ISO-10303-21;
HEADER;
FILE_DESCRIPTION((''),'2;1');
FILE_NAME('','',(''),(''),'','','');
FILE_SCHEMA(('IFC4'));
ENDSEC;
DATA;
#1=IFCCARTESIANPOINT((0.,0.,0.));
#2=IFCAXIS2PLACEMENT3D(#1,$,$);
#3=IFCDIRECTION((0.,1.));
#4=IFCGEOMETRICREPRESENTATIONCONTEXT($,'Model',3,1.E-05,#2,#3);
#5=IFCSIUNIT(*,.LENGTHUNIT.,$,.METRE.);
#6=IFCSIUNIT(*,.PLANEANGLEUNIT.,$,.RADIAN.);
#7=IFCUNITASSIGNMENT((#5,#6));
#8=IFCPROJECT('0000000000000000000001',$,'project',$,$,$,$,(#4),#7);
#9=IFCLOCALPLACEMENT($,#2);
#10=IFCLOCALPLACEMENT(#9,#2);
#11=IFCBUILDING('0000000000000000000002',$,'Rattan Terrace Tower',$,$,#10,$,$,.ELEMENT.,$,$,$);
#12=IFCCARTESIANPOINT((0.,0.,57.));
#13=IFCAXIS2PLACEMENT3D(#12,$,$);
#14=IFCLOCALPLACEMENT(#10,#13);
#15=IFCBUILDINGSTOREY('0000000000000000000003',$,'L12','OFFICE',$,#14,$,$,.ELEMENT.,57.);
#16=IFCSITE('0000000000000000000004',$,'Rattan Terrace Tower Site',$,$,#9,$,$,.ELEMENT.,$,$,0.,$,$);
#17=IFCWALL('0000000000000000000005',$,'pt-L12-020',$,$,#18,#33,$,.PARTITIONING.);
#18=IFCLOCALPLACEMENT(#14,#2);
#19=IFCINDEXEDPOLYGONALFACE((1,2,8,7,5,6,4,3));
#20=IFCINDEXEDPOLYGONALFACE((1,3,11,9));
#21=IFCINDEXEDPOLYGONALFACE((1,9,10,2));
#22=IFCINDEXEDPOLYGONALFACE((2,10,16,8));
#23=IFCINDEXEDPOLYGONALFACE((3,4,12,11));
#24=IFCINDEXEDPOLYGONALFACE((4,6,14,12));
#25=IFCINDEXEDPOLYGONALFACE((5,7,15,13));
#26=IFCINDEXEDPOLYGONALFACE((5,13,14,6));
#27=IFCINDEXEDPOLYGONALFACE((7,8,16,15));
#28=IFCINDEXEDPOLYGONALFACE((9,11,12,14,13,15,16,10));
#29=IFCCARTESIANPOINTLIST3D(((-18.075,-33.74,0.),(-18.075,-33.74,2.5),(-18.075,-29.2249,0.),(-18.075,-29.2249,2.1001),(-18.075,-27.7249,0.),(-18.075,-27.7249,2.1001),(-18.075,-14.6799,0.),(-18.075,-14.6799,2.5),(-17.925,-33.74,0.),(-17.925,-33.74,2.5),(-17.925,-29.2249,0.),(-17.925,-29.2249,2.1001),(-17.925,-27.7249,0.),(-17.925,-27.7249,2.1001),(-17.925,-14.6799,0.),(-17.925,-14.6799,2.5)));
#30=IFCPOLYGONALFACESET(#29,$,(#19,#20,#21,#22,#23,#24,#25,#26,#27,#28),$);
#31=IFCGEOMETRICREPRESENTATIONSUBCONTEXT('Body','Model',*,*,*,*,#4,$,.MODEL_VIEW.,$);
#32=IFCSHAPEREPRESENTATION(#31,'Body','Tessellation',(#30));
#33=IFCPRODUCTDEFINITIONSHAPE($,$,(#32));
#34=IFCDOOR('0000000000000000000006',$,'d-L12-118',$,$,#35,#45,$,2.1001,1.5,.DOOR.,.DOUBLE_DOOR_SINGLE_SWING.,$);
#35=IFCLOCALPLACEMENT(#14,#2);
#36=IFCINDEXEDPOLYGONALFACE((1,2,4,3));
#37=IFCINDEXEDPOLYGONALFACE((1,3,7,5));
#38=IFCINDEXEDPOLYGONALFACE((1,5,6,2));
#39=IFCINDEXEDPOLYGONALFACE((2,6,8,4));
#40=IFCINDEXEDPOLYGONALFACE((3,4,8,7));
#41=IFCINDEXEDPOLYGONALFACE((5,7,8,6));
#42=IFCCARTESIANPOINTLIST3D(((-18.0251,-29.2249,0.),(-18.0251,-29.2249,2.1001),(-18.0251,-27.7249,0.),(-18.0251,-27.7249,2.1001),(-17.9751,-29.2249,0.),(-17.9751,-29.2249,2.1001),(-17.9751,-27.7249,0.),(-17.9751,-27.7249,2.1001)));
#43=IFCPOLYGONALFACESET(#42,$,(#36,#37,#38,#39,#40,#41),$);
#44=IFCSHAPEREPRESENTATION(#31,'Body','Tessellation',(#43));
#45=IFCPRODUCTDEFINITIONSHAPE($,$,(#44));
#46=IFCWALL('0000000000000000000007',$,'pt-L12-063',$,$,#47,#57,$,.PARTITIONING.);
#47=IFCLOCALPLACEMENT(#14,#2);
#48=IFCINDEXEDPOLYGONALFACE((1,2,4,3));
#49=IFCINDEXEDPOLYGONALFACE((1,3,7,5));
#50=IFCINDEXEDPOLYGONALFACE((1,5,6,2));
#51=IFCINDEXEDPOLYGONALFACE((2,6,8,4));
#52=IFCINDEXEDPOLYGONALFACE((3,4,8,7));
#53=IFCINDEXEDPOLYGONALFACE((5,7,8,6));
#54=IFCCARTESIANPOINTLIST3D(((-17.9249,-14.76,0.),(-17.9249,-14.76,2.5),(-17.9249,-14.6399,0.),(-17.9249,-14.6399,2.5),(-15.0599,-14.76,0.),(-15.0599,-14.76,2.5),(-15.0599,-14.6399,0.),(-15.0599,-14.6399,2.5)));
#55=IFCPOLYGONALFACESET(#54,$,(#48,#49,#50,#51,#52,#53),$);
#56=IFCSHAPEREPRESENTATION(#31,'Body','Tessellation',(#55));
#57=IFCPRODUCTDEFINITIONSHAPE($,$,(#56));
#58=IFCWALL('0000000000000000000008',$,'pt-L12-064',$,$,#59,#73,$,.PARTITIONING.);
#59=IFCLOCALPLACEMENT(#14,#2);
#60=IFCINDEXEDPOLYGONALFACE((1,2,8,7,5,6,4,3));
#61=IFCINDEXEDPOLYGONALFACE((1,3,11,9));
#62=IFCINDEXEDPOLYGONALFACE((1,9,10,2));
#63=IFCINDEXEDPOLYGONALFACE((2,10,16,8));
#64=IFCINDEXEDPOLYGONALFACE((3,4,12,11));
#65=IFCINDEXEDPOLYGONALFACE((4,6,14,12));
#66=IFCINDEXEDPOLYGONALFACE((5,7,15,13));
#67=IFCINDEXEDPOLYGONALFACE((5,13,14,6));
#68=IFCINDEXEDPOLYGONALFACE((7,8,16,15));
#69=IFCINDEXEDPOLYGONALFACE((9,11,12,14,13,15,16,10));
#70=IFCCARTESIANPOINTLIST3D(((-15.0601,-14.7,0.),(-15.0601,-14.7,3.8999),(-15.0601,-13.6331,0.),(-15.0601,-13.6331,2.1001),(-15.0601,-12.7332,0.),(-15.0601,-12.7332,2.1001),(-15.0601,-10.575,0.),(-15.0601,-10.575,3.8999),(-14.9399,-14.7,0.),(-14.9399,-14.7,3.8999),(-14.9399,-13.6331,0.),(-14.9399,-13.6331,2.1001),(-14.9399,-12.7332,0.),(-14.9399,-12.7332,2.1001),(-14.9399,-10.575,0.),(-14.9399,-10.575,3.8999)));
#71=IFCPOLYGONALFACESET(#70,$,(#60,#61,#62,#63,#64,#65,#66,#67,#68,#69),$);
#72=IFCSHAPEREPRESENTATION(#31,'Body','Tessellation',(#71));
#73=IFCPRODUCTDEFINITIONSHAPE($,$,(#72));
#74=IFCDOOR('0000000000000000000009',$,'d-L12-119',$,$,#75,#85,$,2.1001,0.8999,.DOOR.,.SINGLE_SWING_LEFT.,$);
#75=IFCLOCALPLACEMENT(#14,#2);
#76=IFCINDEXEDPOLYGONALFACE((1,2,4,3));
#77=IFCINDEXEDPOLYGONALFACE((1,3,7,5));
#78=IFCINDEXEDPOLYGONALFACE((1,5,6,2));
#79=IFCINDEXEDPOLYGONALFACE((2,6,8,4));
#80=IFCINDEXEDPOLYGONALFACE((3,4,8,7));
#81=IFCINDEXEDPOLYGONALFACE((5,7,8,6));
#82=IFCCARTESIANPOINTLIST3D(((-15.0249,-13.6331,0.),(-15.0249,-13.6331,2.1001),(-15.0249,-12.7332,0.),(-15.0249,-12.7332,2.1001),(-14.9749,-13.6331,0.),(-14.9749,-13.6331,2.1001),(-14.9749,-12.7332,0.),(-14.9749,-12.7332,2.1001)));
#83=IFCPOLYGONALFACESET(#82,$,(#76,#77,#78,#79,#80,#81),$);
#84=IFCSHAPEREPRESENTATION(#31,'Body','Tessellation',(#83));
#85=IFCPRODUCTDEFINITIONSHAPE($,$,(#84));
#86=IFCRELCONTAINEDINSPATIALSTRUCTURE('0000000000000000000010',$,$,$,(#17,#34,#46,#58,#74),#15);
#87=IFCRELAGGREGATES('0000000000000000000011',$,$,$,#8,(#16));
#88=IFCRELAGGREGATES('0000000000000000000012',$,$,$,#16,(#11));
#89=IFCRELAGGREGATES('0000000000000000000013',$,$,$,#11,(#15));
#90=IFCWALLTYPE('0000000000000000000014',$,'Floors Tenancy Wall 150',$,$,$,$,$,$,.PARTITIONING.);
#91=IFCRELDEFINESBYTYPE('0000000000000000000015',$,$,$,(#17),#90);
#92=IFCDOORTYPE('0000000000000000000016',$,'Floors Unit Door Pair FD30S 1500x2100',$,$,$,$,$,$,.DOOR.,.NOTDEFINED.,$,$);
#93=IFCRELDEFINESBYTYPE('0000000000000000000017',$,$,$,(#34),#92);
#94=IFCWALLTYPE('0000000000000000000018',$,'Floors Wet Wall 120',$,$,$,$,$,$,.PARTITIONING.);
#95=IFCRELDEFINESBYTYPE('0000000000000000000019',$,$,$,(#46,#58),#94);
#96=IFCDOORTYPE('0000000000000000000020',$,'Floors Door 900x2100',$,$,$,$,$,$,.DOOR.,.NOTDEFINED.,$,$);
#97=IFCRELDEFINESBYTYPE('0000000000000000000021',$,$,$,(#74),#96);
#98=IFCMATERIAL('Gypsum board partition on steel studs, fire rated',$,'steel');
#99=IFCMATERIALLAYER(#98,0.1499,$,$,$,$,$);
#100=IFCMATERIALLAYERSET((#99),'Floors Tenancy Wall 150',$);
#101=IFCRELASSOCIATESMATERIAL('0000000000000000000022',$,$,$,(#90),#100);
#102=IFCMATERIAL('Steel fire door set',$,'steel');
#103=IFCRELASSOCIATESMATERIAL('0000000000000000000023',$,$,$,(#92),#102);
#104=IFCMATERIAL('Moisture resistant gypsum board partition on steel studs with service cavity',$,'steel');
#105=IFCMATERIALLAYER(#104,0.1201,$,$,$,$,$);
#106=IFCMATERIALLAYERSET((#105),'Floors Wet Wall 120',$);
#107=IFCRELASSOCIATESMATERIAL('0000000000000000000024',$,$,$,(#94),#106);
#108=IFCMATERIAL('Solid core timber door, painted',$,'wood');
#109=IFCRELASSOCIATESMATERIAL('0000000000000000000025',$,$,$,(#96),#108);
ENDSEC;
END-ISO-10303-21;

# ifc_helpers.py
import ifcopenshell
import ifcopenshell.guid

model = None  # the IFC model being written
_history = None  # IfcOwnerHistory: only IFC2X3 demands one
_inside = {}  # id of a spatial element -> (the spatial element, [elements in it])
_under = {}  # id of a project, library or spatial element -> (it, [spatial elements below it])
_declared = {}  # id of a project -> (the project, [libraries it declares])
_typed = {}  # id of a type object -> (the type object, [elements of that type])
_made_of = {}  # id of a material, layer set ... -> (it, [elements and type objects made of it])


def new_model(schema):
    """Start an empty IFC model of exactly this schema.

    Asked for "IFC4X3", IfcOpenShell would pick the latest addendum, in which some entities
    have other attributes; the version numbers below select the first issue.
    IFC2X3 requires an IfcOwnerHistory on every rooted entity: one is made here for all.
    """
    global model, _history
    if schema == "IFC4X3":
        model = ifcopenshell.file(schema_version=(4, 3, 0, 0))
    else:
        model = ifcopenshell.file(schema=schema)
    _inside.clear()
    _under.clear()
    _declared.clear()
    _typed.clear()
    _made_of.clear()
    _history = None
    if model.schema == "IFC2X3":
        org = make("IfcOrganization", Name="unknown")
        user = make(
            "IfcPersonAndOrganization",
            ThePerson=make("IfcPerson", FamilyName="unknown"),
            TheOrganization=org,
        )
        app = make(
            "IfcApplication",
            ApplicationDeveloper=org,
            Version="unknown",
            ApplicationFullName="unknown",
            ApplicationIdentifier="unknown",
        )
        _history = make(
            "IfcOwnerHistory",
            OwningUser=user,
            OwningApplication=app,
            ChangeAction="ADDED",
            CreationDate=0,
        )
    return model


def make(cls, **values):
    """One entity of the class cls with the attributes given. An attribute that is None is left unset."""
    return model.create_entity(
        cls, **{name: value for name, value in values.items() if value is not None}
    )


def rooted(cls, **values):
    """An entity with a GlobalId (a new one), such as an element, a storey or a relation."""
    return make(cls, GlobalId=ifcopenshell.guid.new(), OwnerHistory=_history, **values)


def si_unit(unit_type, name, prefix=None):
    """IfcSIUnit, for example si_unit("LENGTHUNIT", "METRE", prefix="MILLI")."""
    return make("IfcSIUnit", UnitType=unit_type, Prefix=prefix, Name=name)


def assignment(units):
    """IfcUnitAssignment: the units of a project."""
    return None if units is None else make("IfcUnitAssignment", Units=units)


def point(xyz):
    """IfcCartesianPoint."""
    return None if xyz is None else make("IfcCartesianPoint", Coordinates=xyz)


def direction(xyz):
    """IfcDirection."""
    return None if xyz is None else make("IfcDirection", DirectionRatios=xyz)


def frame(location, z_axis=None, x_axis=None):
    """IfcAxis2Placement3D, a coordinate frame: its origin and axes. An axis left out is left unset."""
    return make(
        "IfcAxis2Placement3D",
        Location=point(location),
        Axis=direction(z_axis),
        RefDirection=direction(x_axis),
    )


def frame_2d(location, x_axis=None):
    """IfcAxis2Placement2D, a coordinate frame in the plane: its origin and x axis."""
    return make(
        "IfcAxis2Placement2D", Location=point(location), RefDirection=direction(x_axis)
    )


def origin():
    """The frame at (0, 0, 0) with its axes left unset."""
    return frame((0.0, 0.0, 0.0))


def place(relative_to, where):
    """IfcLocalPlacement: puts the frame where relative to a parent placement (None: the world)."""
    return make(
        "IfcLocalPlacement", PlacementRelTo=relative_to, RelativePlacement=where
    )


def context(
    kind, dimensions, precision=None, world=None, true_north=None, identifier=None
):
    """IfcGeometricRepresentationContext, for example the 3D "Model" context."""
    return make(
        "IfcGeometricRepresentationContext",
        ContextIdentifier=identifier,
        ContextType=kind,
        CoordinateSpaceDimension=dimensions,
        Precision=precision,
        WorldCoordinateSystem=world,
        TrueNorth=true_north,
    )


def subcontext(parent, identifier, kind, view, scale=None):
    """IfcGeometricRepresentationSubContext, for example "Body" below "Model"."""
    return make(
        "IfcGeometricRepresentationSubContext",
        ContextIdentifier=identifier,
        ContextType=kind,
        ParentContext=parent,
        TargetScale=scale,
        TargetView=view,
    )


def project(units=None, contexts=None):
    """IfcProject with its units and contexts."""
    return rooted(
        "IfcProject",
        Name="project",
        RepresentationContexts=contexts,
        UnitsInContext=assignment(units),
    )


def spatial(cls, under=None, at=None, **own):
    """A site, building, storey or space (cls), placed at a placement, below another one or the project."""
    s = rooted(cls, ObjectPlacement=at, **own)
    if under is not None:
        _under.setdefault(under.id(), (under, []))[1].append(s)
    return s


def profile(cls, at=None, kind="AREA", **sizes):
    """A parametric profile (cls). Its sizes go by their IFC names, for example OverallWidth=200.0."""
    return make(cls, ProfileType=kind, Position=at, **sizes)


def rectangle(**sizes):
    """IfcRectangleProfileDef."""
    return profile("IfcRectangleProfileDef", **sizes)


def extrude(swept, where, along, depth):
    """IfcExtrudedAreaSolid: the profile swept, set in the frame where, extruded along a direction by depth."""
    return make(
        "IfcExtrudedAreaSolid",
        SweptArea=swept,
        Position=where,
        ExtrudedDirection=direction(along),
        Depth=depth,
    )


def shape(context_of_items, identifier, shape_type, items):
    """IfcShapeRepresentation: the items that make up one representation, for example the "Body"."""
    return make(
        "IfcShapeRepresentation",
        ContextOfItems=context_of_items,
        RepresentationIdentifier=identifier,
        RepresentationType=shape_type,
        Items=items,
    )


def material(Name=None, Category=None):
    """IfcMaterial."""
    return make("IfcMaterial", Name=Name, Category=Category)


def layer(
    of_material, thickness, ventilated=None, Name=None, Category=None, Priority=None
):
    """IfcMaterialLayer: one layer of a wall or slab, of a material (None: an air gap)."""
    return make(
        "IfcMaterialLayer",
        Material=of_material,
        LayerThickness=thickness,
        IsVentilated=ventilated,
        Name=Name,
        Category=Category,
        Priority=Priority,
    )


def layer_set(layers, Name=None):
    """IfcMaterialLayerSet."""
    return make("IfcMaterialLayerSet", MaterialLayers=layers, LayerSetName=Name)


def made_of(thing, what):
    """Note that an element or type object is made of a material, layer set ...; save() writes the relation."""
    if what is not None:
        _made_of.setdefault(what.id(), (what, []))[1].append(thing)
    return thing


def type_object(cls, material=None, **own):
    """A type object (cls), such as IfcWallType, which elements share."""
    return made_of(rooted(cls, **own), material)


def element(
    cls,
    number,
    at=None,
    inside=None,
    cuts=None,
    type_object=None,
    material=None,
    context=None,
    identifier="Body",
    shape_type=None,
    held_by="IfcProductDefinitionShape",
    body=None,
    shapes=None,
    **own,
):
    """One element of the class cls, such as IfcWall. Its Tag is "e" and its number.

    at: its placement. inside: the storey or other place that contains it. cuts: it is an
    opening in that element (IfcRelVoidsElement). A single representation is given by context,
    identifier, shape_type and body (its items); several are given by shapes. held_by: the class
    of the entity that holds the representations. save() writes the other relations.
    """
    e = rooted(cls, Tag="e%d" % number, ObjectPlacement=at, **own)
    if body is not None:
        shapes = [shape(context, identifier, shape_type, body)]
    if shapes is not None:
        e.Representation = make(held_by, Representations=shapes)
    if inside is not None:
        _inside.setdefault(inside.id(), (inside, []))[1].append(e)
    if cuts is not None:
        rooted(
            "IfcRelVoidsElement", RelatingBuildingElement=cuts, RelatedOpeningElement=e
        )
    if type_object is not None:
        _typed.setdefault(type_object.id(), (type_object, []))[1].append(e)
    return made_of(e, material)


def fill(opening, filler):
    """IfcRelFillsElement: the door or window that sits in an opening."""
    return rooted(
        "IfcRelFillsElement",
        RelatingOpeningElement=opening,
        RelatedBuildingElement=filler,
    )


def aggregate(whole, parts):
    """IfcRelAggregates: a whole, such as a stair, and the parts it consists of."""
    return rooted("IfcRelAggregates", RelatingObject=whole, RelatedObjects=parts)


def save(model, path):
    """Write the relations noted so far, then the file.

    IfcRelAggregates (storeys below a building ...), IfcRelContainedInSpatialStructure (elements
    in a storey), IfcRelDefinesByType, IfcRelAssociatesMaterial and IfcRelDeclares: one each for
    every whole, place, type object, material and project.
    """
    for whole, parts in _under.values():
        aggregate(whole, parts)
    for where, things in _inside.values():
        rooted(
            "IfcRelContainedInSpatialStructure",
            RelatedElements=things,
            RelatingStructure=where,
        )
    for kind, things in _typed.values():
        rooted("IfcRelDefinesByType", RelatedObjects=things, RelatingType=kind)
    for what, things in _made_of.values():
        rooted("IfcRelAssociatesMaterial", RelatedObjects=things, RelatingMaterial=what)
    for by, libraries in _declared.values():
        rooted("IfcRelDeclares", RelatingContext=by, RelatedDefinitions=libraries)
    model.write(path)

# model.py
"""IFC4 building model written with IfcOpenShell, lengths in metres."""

from ifc_helpers import new_model, si_unit, direction, frame, frame_2d, origin, place, context, subcontext, project, spatial, rectangle, extrude, material, layer, layer_set, type_object, element, fill, save


model = new_model("IFC4")

# Units and contexts
model_context = context("Model", 3, precision=1e-05, world=origin(), true_north=direction((0.0, 1.0)))
body_context = subcontext(model_context, "Body", "Model", "MODEL_VIEW")
ifc_project = project(units=[si_unit("LENGTHUNIT", "METRE"), si_unit("PLANEANGLEUNIT", "RADIAN")], contexts=[model_context])

# Site, building, storey
site_placement = place(None, origin())
site = spatial("IfcSite", under=ifc_project, at=site_placement, Name="Rattan Terrace Tower Site", CompositionType="ELEMENT", RefElevation=0.0)
building_placement = place(site_placement, origin())
building = spatial("IfcBuilding", under=site, at=building_placement, Name="Rattan Terrace Tower", CompositionType="ELEMENT")
storey_placement = place(building_placement, frame((0.0, 0.0, 57.0)))
storey = spatial("IfcBuildingStorey", under=building, at=storey_placement, Name="L12", Description="OFFICE", CompositionType="ELEMENT", Elevation=57.0)

# Shared definitions
ifc_material_1 = material(Name="Gypsum board partition on steel studs, fire rated", Category="steel")
ifc_layer_1 = layer(ifc_material_1, 0.1499)
ifc_layer_set_1 = layer_set([ifc_layer_1], Name="Floors Tenancy Wall 150")
wall_type_1 = type_object("IfcWallType", Name="Floors Tenancy Wall 150", PredefinedType="PARTITIONING", material=ifc_layer_set_1)
ifc_material_2 = material(Name="Steel fire door set", Category="steel")
door_type_1 = type_object("IfcDoorType", Name="Floors Unit Door Pair FD30S 1500x2100", OperationType="NOTDEFINED", PredefinedType="DOOR", material=ifc_material_2)

# Wall, opening, door
wall_1_placement = place(storey_placement, frame((-18.0, -14.6799, 0.0), z_axis=(0.0, 0.0, 1.0), x_axis=(0.0, -1.0, 0.0)))
wall_1 = element("IfcWall", 1, at=wall_1_placement, inside=storey, type_object=wall_type_1, Name="pt-L12-020", PredefinedType="PARTITIONING", context=body_context, shape_type="SweptSolid", body=[
    extrude(rectangle(XDim=19.0601, YDim=0.1499, at=frame_2d((9.53, 0.0))), origin(), (0.0, 0.0, 1.0), 2.5),
])
opening_1_placement = place(wall_1_placement, frame((13.0449, 0.0, 0.0)))
opening_1 = element("IfcOpeningElement", 2, at=opening_1_placement, cuts=wall_1, PredefinedType="OPENING", context=body_context, shape_type="SweptSolid", body=[
    extrude(rectangle(XDim=1.5, YDim=2.1001, at=frame_2d((0.75, 1.05))), frame((0.0, 0.0854, 0.0), z_axis=(0.0, -1.0, 0.0), x_axis=(1.0, 0.0, 0.0)), (0.0, 0.0, 1.0), 0.1709),
])
door_1_placement = place(opening_1_placement, origin())
door_1 = element("IfcDoor", 3, at=door_1_placement, inside=storey, type_object=door_type_1, Name="d-L12-118", OperationType="DOUBLE_DOOR_SINGLE_SWING", OverallHeight=2.1001, OverallWidth=1.5, PredefinedType="DOOR", context=body_context, shape_type="SweptSolid", body=[
    extrude(rectangle(XDim=1.5, YDim=2.1001, at=frame_2d((0.75, 1.05))), frame((0.0, 0.0249, 0.0), z_axis=(0.0, -1.0, 0.0), x_axis=(1.0, 0.0, 0.0)), (0.0, 0.0, 1.0), 0.05),
])
fill(opening_1, door_1)

# Wall
ifc_material_3 = material(Name="Moisture resistant gypsum board partition on steel studs with service cavity", Category="steel")
ifc_layer_2 = layer(ifc_material_3, 0.1201)
ifc_layer_set_2 = layer_set([ifc_layer_2], Name="Floors Wet Wall 120")
wall_type_2 = type_object("IfcWallType", Name="Floors Wet Wall 120", PredefinedType="PARTITIONING", material=ifc_layer_set_2)
wall_2_placement = place(storey_placement, frame((-17.925, -14.7, 0.0), z_axis=(0.0, 0.0, 1.0), x_axis=(1.0, 0.0, 0.0)))
element("IfcWall", 4, at=wall_2_placement, inside=storey, type_object=wall_type_2, Name="pt-L12-063", PredefinedType="PARTITIONING", context=body_context, shape_type="SweptSolid", body=[
    extrude(rectangle(XDim=2.865, YDim=0.1201, at=frame_2d((1.4326, 0.0))), origin(), (0.0, 0.0, 1.0), 2.5),
])

# Wall, opening, door
wall_3_placement = place(storey_placement, frame((-15.0, -14.7, 0.0), z_axis=(0.0, 0.0, 1.0), x_axis=(0.0, 1.0, 0.0)))
wall_3 = element("IfcWall", 5, at=wall_3_placement, inside=storey, type_object=wall_type_2, Name="pt-L12-064", PredefinedType="PARTITIONING", context=body_context, shape_type="SweptSolid", body=[
    extrude(rectangle(XDim=4.125, YDim=0.1201, at=frame_2d((2.0625, 0.0))), origin(), (0.0, 0.0, 1.0), 3.8999),
])
opening_2_placement = place(wall_3_placement, frame((1.0669, 0.0, 0.0)))
opening_2 = element("IfcOpeningElement", 6, at=opening_2_placement, cuts=wall_3, PredefinedType="OPENING", context=body_context, shape_type="SweptSolid", body=[
    extrude(rectangle(XDim=0.8999, YDim=2.1001, at=frame_2d((0.45, 1.05))), frame((0.0, 0.0706, 0.0), z_axis=(0.0, -1.0, 0.0), x_axis=(1.0, 0.0, 0.0)), (0.0, 0.0, 1.0), 0.1411),
])
ifc_material_4 = material(Name="Solid core timber door, painted", Category="wood")
door_type_2 = type_object("IfcDoorType", Name="Floors Door 900x2100", OperationType="NOTDEFINED", PredefinedType="DOOR", material=ifc_material_4)
door_2_placement = place(opening_2_placement, origin())
door_2 = element("IfcDoor", 7, at=door_2_placement, inside=storey, type_object=door_type_2, Name="d-L12-119", OperationType="SINGLE_SWING_LEFT", OverallHeight=2.1001, OverallWidth=0.8999, PredefinedType="DOOR", context=body_context, shape_type="SweptSolid", body=[
    extrude(rectangle(XDim=0.8999, YDim=2.1001, at=frame_2d((0.45, 1.05))), frame((0.0, 0.0249, 0.0), z_axis=(0.0, -1.0, 0.0), x_axis=(1.0, 0.0, 0.0)), (0.0, 0.0, 1.0), 0.05),
])
fill(opening_2, door_2)

save(model, "model.ifc")
